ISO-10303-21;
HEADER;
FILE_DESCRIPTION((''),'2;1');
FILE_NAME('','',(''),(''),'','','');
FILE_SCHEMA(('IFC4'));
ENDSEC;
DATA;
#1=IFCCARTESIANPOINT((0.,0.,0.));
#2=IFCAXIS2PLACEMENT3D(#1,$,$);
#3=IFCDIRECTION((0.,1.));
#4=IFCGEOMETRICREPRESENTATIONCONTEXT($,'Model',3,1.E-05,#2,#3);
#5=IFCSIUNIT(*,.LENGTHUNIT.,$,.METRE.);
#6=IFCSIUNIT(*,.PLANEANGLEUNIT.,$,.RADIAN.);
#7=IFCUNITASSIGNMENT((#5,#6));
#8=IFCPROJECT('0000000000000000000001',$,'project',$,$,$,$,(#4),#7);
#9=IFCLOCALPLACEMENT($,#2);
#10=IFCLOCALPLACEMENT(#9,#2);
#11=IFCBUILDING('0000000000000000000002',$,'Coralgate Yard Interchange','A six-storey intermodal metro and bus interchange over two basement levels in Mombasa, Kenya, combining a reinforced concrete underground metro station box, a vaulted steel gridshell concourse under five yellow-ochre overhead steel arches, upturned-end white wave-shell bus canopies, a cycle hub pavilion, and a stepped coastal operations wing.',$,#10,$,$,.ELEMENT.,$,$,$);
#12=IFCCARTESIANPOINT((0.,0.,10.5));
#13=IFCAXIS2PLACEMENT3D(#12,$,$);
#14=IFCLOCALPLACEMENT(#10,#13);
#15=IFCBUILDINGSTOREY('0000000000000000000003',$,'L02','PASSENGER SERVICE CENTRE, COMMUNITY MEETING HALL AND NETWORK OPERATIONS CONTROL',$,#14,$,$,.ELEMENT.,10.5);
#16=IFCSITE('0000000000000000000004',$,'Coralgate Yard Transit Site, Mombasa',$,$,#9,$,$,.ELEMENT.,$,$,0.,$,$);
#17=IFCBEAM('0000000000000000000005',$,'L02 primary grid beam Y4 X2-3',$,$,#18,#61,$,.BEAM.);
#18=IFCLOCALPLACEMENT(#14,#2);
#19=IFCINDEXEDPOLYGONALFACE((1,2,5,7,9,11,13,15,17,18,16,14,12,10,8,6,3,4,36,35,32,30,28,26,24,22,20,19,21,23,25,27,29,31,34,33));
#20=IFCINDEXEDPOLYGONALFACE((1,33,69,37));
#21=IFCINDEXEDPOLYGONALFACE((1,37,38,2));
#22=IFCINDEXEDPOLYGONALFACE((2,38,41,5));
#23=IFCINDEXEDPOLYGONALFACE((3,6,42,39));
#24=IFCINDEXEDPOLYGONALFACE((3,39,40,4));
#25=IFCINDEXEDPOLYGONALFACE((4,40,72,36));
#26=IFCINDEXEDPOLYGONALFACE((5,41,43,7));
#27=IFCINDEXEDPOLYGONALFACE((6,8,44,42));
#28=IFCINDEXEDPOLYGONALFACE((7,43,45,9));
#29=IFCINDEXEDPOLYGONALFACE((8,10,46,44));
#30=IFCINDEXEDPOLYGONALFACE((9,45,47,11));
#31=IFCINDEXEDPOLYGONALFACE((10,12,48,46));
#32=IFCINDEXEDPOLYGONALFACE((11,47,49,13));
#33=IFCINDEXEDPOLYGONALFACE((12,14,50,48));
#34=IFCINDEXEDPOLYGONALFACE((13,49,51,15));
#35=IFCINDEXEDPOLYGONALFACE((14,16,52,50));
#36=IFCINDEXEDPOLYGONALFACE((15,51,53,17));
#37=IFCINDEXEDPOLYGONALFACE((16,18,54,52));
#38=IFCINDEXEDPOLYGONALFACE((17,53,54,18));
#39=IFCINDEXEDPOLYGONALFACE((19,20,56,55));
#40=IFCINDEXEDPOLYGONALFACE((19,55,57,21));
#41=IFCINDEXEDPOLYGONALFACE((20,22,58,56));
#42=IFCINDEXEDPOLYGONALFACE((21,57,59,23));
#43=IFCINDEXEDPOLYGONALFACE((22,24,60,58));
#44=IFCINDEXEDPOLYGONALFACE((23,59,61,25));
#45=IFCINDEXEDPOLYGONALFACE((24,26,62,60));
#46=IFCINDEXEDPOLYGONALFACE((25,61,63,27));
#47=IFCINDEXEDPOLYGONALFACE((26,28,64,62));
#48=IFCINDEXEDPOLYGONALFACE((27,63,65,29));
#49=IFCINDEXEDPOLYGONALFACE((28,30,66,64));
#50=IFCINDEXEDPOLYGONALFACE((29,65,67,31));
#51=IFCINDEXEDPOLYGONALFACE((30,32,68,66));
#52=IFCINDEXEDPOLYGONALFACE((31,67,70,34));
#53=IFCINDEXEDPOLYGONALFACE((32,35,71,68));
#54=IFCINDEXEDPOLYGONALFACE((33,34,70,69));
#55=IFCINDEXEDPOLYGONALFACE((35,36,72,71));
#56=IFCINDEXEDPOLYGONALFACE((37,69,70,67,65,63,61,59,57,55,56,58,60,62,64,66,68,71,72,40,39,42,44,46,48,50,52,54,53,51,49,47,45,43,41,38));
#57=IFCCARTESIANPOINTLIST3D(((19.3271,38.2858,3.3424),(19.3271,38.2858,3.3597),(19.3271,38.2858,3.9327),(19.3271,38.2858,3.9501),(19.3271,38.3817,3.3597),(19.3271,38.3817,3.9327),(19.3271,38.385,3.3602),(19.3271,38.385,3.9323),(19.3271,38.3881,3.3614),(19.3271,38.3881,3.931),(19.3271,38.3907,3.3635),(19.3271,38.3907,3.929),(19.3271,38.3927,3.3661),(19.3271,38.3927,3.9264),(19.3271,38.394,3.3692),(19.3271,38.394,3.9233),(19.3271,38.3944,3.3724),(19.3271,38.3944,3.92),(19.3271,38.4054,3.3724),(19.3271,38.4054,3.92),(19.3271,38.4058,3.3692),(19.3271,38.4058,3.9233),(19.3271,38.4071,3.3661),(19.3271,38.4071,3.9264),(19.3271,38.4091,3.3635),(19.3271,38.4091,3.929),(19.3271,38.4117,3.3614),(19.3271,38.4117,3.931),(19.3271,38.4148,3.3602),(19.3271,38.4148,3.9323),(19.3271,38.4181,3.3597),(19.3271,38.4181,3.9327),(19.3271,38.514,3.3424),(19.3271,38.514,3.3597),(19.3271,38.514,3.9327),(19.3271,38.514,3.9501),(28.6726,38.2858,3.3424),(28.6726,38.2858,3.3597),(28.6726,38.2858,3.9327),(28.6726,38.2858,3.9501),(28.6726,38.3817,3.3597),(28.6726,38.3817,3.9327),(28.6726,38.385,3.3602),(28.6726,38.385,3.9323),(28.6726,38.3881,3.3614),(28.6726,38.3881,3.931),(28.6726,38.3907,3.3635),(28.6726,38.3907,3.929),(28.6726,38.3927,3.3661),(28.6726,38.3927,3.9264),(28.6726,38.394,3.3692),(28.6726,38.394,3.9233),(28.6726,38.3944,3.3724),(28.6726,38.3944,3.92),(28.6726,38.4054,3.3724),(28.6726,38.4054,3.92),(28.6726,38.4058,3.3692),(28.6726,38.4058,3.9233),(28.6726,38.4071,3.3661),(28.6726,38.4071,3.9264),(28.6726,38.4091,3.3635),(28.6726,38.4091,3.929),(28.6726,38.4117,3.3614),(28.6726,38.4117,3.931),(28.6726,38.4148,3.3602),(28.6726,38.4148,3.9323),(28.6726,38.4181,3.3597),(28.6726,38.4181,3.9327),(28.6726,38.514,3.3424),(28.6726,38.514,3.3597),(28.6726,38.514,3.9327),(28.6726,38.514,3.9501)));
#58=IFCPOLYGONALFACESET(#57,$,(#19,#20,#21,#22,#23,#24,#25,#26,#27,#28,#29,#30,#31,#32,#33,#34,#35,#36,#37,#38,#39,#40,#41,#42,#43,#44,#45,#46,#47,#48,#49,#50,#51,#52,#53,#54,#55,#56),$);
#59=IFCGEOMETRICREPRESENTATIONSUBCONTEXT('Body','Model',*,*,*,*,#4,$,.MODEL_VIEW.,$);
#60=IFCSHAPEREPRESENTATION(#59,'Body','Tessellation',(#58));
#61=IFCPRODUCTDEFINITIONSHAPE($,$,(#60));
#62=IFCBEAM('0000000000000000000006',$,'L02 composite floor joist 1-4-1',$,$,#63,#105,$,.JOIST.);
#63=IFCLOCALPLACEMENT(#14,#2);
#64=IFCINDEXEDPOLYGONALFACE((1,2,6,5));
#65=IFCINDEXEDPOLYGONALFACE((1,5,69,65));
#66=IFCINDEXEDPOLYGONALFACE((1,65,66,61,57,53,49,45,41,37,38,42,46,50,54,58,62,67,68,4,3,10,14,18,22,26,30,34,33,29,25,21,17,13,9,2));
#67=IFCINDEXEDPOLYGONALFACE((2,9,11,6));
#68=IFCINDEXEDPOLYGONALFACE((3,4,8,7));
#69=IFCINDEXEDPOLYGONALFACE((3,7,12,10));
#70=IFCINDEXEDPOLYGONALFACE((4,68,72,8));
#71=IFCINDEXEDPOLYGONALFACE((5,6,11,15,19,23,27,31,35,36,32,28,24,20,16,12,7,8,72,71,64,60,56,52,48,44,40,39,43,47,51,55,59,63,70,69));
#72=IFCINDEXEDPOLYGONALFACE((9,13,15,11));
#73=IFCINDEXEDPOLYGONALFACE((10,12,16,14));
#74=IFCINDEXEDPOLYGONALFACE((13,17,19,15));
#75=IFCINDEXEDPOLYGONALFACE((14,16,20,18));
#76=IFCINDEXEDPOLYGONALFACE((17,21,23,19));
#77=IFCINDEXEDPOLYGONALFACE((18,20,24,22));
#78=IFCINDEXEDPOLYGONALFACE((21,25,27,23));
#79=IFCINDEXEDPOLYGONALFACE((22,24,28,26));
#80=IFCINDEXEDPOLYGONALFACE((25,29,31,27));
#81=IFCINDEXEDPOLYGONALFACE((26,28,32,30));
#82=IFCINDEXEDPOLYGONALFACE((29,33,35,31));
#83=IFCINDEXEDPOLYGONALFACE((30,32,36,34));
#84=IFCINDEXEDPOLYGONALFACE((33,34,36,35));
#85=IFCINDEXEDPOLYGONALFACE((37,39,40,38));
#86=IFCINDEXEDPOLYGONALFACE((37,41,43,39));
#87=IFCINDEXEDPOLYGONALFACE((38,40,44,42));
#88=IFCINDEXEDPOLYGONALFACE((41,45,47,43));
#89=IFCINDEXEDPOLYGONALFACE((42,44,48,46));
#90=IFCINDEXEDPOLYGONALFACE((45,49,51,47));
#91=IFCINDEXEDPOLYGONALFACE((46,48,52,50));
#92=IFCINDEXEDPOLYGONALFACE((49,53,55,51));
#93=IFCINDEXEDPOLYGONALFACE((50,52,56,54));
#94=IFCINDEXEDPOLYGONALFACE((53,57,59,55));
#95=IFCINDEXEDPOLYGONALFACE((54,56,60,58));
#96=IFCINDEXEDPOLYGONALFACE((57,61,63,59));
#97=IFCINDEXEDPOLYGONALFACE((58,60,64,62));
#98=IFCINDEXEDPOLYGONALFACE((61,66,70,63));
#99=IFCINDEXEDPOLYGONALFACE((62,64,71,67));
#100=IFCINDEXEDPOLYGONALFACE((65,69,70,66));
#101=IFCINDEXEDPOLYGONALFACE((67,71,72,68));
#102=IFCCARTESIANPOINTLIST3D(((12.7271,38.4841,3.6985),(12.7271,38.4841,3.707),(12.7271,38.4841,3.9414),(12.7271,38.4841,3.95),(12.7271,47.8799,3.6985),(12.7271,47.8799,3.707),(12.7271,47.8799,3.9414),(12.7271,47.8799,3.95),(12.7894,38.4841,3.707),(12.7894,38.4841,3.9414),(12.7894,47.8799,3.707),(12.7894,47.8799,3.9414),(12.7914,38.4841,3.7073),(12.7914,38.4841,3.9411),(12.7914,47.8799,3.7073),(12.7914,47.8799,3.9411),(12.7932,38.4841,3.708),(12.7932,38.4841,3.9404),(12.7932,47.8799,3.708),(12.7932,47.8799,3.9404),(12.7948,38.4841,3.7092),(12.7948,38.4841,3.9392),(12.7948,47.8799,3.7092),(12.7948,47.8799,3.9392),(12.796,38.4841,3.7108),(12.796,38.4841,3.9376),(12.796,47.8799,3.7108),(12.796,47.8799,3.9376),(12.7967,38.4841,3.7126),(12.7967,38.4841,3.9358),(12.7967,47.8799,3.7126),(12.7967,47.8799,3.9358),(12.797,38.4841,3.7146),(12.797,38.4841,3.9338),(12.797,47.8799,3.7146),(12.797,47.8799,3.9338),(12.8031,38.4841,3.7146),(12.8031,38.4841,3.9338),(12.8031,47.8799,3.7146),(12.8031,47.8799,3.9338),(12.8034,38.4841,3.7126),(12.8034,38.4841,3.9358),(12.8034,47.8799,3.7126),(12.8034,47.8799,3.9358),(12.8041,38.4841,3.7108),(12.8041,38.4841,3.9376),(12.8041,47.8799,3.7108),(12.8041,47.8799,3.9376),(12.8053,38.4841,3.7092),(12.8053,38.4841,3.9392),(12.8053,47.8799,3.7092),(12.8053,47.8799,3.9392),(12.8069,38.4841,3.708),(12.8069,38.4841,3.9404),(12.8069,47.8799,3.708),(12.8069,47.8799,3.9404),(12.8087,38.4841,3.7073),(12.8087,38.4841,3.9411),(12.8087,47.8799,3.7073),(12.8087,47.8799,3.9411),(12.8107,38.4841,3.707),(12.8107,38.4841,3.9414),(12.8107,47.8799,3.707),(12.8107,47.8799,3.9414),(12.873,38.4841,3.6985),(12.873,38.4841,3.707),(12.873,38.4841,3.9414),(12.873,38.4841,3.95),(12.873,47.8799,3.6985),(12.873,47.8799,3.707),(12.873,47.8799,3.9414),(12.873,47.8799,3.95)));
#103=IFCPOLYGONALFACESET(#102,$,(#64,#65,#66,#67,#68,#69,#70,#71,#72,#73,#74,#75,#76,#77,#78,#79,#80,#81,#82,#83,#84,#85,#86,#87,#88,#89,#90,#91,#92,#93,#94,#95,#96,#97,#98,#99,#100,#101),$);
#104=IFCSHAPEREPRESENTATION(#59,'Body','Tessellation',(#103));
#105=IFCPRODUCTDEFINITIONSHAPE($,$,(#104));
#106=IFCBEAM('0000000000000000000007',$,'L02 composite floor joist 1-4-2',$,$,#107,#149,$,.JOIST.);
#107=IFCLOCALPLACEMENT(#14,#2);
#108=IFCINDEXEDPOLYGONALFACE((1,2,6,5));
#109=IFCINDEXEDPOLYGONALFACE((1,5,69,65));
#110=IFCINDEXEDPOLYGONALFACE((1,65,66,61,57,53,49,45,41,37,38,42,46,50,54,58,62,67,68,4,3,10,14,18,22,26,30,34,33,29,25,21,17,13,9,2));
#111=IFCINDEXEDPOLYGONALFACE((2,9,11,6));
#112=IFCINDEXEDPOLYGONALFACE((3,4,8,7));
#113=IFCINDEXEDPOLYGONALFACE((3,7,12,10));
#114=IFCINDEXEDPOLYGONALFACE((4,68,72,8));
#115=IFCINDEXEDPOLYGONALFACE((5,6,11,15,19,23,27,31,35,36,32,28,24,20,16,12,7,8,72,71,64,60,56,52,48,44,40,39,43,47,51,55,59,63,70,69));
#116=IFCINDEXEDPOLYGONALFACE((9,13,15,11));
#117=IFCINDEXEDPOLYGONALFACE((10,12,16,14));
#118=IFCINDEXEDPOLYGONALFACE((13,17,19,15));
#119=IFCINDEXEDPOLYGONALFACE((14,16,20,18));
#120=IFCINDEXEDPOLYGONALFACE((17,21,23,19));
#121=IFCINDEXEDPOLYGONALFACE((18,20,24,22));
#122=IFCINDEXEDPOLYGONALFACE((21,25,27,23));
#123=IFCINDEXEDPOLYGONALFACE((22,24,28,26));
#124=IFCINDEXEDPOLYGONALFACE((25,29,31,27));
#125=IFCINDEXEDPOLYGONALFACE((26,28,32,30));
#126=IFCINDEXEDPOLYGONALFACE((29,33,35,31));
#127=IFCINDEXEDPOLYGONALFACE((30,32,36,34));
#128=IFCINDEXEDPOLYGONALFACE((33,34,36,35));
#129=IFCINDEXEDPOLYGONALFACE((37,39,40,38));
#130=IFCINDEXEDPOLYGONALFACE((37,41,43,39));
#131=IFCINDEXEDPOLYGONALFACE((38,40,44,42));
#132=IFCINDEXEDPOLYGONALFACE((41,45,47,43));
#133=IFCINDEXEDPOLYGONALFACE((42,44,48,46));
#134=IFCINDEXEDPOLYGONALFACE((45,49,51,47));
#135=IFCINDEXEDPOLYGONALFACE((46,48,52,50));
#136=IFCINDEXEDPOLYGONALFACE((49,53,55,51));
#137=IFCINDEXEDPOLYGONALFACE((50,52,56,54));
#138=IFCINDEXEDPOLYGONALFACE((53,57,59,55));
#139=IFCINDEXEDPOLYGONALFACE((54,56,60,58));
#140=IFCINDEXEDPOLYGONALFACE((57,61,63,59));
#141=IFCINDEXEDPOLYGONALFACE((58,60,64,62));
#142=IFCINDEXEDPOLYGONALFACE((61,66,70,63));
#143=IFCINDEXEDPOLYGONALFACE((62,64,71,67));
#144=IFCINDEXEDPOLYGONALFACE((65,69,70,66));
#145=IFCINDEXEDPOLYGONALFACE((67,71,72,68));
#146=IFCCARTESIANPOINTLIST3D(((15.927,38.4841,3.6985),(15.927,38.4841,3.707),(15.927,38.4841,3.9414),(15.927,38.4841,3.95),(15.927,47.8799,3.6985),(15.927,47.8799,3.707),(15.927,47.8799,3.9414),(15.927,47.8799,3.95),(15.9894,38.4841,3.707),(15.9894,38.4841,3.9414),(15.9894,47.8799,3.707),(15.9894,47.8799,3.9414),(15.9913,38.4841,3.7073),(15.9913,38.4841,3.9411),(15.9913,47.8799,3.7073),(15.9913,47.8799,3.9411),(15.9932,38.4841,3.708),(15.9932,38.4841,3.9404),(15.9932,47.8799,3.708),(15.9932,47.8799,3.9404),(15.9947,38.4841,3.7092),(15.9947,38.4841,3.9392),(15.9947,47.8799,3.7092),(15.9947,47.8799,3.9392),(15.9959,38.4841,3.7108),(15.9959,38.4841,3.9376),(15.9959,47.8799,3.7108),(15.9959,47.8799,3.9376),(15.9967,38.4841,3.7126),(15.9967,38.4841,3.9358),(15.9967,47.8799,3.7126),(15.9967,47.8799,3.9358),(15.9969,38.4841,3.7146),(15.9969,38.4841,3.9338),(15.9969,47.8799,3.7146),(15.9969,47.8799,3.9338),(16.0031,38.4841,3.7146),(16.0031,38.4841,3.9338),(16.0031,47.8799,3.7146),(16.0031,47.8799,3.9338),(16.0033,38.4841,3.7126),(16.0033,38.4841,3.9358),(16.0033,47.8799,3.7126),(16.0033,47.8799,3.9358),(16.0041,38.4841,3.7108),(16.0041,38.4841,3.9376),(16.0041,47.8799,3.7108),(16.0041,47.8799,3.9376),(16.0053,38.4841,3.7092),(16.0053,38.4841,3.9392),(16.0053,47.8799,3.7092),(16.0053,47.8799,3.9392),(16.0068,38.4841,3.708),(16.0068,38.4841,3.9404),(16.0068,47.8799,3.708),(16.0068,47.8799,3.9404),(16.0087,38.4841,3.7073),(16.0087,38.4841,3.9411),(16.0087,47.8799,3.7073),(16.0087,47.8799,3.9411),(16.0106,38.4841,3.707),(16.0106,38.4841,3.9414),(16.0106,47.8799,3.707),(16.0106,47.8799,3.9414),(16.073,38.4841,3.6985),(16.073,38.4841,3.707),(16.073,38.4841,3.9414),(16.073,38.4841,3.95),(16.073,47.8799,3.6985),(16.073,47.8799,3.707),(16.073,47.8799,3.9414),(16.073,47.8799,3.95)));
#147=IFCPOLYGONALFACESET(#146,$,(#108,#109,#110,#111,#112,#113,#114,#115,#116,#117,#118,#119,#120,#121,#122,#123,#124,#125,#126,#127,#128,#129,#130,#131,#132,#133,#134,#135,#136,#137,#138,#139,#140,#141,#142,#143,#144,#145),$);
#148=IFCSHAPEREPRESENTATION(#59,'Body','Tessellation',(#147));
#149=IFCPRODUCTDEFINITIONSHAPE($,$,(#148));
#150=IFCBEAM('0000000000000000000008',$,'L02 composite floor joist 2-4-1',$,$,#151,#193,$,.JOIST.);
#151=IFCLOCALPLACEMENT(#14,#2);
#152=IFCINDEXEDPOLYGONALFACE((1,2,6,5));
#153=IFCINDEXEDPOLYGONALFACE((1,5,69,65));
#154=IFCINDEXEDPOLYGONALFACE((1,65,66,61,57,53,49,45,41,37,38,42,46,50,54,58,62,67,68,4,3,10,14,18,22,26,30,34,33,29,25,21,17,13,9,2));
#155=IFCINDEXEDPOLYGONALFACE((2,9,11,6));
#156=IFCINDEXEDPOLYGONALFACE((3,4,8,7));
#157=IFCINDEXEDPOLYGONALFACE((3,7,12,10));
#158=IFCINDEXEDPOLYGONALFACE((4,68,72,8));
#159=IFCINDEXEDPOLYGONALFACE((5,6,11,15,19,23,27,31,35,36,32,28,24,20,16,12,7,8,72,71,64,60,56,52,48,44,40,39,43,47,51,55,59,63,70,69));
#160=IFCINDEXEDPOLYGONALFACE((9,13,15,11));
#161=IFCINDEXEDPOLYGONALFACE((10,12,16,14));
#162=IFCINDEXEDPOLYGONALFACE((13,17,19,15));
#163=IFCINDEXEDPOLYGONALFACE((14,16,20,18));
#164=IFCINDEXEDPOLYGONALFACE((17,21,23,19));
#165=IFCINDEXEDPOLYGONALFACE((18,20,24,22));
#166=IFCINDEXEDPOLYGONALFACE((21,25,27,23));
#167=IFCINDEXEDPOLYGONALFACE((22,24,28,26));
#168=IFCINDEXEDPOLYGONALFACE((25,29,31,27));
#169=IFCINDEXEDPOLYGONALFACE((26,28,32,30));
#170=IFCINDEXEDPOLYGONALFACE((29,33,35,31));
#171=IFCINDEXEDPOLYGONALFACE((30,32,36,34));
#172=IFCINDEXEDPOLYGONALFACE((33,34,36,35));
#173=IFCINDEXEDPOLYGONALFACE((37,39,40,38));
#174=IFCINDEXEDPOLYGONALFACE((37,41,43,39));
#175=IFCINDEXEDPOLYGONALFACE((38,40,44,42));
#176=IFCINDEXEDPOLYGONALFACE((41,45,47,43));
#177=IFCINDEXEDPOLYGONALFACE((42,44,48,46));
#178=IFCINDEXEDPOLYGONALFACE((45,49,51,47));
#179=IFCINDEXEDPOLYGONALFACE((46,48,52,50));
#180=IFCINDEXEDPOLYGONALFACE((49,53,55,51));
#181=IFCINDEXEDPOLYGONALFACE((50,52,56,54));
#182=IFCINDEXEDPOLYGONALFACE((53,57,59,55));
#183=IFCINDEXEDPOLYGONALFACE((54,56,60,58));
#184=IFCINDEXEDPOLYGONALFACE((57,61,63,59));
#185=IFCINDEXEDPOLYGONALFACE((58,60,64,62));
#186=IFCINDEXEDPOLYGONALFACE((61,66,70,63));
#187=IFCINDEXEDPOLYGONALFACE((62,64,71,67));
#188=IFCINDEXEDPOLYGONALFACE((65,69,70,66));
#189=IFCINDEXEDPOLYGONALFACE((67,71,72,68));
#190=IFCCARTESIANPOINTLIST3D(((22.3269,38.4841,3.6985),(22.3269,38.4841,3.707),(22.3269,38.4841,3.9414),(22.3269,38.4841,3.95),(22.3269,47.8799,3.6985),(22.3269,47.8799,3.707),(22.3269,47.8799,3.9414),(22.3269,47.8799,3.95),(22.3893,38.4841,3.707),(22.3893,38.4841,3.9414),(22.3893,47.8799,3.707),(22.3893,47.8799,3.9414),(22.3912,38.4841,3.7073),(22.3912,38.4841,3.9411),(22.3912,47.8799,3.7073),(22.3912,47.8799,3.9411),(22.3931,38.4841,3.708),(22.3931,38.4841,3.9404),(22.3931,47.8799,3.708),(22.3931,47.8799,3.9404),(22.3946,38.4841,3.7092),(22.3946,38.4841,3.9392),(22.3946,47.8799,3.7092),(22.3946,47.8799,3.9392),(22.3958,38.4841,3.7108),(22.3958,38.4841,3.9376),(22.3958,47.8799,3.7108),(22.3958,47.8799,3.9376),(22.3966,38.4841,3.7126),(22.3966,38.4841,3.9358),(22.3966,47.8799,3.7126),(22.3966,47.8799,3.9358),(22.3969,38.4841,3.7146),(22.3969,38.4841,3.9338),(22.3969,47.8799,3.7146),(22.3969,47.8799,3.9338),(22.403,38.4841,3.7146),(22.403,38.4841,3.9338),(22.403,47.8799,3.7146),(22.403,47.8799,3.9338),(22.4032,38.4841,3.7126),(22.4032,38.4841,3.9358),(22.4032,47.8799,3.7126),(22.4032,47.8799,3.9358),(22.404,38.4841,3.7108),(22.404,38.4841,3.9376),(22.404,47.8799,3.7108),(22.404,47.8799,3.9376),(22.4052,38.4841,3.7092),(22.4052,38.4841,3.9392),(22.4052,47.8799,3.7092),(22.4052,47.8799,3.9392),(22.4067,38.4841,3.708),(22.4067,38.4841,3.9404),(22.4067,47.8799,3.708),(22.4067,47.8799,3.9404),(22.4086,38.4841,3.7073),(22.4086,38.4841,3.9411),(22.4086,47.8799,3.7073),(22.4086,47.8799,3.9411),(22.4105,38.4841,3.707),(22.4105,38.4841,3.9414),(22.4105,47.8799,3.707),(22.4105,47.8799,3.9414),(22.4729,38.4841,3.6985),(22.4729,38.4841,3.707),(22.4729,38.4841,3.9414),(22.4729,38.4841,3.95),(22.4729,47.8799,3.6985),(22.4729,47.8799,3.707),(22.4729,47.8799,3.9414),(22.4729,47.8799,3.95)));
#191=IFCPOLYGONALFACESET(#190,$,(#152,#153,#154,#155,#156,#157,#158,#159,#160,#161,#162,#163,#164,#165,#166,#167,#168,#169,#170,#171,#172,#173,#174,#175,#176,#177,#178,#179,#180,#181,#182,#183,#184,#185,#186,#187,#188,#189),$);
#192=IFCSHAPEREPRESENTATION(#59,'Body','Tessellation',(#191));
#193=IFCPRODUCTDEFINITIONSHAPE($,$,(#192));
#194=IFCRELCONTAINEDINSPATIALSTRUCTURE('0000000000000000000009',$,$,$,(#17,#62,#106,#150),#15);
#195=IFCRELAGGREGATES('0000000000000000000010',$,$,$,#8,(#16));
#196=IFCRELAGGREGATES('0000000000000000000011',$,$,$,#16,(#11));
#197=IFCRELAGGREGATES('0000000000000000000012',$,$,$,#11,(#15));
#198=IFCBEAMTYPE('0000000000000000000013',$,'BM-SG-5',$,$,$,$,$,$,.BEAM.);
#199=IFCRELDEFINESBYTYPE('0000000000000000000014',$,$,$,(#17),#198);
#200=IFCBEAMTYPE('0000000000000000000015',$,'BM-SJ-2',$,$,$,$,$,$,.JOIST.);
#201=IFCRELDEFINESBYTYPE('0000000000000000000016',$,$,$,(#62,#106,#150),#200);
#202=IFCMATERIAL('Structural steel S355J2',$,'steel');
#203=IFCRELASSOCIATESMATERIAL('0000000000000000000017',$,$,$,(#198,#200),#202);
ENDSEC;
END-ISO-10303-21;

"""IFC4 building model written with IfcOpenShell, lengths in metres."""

from ifc_helpers import new_model, si_unit, direction, frame, origin, origin_2d, place, context, subcontext, project, spatial, i_section, extrude, material, material_profile, profile_set, type_object, element, save


model = new_model("IFC4")

# Units and contexts
model_context = context("Model", 3, precision=1e-05, world=origin(), true_north=direction((0.0, 1.0)))
body_context = subcontext(model_context, "Body", "Model", "MODEL_VIEW")
ifc_project = project(units=[si_unit("LENGTHUNIT", "METRE"), si_unit("PLANEANGLEUNIT", "RADIAN")], contexts=[model_context])

# Site, building, storey
site_placement = place(None, origin())
site = spatial("IfcSite", under=ifc_project, at=site_placement, Name="Coralgate Yard Transit Site, Mombasa", CompositionType="ELEMENT", RefElevation=0.0)
building_placement = place(site_placement, origin())
building = spatial("IfcBuilding", under=site, at=building_placement, Name="Coralgate Yard Interchange", Description="A six-storey intermodal metro and bus interchange over two basement levels in Mombasa, Kenya, combining a reinforced concrete underground metro station box, a vaulted steel gridshell concourse under five yellow-ochre overhead steel arches, upturned-end white wave-shell bus canopies, a cycle hub pavilion, and a stepped coastal operations wing.", CompositionType="ELEMENT")
storey_placement = place(building_placement, frame((0.0, 0.0, 10.5)))
storey = spatial("IfcBuildingStorey", under=building, at=storey_placement, Name="L02", Description="PASSENGER SERVICE CENTRE, COMMUNITY MEETING HALL AND NETWORK OPERATIONS CONTROL", CompositionType="ELEMENT", Elevation=10.5)

# Shared definitions
ifc_material_1 = material(Name="Structural steel S355J2", Category="steel")

# Beams
ifc_material_profile_1 = material_profile(ifc_material_1, i_section(OverallWidth=0.2283, OverallDepth=0.6077, WebThickness=0.011, FlangeThickness=0.0173, FilletRadius=0.0127, at=origin_2d()), Name="UB 610x229x113")
ifc_profile_set_1 = profile_set([ifc_material_profile_1], Name="Structural steel S355J2")
beam_type_1 = type_object("IfcBeamType", Name="BM-SG-5", PredefinedType="BEAM", material=ifc_profile_set_1)
beam_1_placement = place(storey_placement, frame((19.3271, 38.3999, 3.6462), z_axis=(1.0, 0.0, 0.0), x_axis=(0.0, 1.0, 0.0)))
element("IfcBeam", 1, at=beam_1_placement, inside=storey, type_object=beam_type_1, Name="L02 primary grid beam Y4 X2-3", PredefinedType="BEAM", context=body_context, shape_type="SweptSolid", body=[
    extrude(i_section(OverallWidth=0.2283, OverallDepth=0.6077, WebThickness=0.011, FlangeThickness=0.0173, FilletRadius=0.0127, at=origin_2d()), origin(), (0.0, 0.0, 1.0), 9.3455),
])
ifc_material_profile_2 = material_profile(ifc_material_1, i_section(OverallWidth=0.146, OverallDepth=0.2515, WebThickness=0.0061, FlangeThickness=0.0085, FilletRadius=0.0076, at=origin_2d()), Name="UB 254x146x31")
ifc_profile_set_2 = profile_set([ifc_material_profile_2], Name="Structural steel S355J2")
beam_type_2 = type_object("IfcBeamType", Name="BM-SJ-2", PredefinedType="JOIST", material=ifc_profile_set_2)
for number, where, z_axis, x_axis, name in (
    (2, (12.8, 38.4841, 3.8242), (0.0, 1.0, 0.0), (-1.0, 0.0, 0.0), "L02 composite floor joist 1-4-1"),
    (3, (16.0, 38.4841, 3.8242), (0.0, 1.0, 0.0), (-1.0, 0.0, 0.0), "L02 composite floor joist 1-4-2"),
    (4, (22.3999, 38.4841, 3.8242), (0.0, 1.0, 0.0), (-1.0, 0.0, 0.0), "L02 composite floor joist 2-4-1"),
):
    element("IfcBeam", number, at=place(storey_placement, frame(where, z_axis=z_axis, x_axis=x_axis)), inside=storey, type_object=beam_type_2, Name=name, PredefinedType="JOIST", context=body_context, shape_type="SweptSolid", body=[
        extrude(i_section(OverallWidth=0.146, OverallDepth=0.2515, WebThickness=0.0061, FlangeThickness=0.0085, FilletRadius=0.0076, at=origin_2d()), origin(), (0.0, 0.0, 1.0), 9.3958),
    ])

save(model, "model.ifc")
